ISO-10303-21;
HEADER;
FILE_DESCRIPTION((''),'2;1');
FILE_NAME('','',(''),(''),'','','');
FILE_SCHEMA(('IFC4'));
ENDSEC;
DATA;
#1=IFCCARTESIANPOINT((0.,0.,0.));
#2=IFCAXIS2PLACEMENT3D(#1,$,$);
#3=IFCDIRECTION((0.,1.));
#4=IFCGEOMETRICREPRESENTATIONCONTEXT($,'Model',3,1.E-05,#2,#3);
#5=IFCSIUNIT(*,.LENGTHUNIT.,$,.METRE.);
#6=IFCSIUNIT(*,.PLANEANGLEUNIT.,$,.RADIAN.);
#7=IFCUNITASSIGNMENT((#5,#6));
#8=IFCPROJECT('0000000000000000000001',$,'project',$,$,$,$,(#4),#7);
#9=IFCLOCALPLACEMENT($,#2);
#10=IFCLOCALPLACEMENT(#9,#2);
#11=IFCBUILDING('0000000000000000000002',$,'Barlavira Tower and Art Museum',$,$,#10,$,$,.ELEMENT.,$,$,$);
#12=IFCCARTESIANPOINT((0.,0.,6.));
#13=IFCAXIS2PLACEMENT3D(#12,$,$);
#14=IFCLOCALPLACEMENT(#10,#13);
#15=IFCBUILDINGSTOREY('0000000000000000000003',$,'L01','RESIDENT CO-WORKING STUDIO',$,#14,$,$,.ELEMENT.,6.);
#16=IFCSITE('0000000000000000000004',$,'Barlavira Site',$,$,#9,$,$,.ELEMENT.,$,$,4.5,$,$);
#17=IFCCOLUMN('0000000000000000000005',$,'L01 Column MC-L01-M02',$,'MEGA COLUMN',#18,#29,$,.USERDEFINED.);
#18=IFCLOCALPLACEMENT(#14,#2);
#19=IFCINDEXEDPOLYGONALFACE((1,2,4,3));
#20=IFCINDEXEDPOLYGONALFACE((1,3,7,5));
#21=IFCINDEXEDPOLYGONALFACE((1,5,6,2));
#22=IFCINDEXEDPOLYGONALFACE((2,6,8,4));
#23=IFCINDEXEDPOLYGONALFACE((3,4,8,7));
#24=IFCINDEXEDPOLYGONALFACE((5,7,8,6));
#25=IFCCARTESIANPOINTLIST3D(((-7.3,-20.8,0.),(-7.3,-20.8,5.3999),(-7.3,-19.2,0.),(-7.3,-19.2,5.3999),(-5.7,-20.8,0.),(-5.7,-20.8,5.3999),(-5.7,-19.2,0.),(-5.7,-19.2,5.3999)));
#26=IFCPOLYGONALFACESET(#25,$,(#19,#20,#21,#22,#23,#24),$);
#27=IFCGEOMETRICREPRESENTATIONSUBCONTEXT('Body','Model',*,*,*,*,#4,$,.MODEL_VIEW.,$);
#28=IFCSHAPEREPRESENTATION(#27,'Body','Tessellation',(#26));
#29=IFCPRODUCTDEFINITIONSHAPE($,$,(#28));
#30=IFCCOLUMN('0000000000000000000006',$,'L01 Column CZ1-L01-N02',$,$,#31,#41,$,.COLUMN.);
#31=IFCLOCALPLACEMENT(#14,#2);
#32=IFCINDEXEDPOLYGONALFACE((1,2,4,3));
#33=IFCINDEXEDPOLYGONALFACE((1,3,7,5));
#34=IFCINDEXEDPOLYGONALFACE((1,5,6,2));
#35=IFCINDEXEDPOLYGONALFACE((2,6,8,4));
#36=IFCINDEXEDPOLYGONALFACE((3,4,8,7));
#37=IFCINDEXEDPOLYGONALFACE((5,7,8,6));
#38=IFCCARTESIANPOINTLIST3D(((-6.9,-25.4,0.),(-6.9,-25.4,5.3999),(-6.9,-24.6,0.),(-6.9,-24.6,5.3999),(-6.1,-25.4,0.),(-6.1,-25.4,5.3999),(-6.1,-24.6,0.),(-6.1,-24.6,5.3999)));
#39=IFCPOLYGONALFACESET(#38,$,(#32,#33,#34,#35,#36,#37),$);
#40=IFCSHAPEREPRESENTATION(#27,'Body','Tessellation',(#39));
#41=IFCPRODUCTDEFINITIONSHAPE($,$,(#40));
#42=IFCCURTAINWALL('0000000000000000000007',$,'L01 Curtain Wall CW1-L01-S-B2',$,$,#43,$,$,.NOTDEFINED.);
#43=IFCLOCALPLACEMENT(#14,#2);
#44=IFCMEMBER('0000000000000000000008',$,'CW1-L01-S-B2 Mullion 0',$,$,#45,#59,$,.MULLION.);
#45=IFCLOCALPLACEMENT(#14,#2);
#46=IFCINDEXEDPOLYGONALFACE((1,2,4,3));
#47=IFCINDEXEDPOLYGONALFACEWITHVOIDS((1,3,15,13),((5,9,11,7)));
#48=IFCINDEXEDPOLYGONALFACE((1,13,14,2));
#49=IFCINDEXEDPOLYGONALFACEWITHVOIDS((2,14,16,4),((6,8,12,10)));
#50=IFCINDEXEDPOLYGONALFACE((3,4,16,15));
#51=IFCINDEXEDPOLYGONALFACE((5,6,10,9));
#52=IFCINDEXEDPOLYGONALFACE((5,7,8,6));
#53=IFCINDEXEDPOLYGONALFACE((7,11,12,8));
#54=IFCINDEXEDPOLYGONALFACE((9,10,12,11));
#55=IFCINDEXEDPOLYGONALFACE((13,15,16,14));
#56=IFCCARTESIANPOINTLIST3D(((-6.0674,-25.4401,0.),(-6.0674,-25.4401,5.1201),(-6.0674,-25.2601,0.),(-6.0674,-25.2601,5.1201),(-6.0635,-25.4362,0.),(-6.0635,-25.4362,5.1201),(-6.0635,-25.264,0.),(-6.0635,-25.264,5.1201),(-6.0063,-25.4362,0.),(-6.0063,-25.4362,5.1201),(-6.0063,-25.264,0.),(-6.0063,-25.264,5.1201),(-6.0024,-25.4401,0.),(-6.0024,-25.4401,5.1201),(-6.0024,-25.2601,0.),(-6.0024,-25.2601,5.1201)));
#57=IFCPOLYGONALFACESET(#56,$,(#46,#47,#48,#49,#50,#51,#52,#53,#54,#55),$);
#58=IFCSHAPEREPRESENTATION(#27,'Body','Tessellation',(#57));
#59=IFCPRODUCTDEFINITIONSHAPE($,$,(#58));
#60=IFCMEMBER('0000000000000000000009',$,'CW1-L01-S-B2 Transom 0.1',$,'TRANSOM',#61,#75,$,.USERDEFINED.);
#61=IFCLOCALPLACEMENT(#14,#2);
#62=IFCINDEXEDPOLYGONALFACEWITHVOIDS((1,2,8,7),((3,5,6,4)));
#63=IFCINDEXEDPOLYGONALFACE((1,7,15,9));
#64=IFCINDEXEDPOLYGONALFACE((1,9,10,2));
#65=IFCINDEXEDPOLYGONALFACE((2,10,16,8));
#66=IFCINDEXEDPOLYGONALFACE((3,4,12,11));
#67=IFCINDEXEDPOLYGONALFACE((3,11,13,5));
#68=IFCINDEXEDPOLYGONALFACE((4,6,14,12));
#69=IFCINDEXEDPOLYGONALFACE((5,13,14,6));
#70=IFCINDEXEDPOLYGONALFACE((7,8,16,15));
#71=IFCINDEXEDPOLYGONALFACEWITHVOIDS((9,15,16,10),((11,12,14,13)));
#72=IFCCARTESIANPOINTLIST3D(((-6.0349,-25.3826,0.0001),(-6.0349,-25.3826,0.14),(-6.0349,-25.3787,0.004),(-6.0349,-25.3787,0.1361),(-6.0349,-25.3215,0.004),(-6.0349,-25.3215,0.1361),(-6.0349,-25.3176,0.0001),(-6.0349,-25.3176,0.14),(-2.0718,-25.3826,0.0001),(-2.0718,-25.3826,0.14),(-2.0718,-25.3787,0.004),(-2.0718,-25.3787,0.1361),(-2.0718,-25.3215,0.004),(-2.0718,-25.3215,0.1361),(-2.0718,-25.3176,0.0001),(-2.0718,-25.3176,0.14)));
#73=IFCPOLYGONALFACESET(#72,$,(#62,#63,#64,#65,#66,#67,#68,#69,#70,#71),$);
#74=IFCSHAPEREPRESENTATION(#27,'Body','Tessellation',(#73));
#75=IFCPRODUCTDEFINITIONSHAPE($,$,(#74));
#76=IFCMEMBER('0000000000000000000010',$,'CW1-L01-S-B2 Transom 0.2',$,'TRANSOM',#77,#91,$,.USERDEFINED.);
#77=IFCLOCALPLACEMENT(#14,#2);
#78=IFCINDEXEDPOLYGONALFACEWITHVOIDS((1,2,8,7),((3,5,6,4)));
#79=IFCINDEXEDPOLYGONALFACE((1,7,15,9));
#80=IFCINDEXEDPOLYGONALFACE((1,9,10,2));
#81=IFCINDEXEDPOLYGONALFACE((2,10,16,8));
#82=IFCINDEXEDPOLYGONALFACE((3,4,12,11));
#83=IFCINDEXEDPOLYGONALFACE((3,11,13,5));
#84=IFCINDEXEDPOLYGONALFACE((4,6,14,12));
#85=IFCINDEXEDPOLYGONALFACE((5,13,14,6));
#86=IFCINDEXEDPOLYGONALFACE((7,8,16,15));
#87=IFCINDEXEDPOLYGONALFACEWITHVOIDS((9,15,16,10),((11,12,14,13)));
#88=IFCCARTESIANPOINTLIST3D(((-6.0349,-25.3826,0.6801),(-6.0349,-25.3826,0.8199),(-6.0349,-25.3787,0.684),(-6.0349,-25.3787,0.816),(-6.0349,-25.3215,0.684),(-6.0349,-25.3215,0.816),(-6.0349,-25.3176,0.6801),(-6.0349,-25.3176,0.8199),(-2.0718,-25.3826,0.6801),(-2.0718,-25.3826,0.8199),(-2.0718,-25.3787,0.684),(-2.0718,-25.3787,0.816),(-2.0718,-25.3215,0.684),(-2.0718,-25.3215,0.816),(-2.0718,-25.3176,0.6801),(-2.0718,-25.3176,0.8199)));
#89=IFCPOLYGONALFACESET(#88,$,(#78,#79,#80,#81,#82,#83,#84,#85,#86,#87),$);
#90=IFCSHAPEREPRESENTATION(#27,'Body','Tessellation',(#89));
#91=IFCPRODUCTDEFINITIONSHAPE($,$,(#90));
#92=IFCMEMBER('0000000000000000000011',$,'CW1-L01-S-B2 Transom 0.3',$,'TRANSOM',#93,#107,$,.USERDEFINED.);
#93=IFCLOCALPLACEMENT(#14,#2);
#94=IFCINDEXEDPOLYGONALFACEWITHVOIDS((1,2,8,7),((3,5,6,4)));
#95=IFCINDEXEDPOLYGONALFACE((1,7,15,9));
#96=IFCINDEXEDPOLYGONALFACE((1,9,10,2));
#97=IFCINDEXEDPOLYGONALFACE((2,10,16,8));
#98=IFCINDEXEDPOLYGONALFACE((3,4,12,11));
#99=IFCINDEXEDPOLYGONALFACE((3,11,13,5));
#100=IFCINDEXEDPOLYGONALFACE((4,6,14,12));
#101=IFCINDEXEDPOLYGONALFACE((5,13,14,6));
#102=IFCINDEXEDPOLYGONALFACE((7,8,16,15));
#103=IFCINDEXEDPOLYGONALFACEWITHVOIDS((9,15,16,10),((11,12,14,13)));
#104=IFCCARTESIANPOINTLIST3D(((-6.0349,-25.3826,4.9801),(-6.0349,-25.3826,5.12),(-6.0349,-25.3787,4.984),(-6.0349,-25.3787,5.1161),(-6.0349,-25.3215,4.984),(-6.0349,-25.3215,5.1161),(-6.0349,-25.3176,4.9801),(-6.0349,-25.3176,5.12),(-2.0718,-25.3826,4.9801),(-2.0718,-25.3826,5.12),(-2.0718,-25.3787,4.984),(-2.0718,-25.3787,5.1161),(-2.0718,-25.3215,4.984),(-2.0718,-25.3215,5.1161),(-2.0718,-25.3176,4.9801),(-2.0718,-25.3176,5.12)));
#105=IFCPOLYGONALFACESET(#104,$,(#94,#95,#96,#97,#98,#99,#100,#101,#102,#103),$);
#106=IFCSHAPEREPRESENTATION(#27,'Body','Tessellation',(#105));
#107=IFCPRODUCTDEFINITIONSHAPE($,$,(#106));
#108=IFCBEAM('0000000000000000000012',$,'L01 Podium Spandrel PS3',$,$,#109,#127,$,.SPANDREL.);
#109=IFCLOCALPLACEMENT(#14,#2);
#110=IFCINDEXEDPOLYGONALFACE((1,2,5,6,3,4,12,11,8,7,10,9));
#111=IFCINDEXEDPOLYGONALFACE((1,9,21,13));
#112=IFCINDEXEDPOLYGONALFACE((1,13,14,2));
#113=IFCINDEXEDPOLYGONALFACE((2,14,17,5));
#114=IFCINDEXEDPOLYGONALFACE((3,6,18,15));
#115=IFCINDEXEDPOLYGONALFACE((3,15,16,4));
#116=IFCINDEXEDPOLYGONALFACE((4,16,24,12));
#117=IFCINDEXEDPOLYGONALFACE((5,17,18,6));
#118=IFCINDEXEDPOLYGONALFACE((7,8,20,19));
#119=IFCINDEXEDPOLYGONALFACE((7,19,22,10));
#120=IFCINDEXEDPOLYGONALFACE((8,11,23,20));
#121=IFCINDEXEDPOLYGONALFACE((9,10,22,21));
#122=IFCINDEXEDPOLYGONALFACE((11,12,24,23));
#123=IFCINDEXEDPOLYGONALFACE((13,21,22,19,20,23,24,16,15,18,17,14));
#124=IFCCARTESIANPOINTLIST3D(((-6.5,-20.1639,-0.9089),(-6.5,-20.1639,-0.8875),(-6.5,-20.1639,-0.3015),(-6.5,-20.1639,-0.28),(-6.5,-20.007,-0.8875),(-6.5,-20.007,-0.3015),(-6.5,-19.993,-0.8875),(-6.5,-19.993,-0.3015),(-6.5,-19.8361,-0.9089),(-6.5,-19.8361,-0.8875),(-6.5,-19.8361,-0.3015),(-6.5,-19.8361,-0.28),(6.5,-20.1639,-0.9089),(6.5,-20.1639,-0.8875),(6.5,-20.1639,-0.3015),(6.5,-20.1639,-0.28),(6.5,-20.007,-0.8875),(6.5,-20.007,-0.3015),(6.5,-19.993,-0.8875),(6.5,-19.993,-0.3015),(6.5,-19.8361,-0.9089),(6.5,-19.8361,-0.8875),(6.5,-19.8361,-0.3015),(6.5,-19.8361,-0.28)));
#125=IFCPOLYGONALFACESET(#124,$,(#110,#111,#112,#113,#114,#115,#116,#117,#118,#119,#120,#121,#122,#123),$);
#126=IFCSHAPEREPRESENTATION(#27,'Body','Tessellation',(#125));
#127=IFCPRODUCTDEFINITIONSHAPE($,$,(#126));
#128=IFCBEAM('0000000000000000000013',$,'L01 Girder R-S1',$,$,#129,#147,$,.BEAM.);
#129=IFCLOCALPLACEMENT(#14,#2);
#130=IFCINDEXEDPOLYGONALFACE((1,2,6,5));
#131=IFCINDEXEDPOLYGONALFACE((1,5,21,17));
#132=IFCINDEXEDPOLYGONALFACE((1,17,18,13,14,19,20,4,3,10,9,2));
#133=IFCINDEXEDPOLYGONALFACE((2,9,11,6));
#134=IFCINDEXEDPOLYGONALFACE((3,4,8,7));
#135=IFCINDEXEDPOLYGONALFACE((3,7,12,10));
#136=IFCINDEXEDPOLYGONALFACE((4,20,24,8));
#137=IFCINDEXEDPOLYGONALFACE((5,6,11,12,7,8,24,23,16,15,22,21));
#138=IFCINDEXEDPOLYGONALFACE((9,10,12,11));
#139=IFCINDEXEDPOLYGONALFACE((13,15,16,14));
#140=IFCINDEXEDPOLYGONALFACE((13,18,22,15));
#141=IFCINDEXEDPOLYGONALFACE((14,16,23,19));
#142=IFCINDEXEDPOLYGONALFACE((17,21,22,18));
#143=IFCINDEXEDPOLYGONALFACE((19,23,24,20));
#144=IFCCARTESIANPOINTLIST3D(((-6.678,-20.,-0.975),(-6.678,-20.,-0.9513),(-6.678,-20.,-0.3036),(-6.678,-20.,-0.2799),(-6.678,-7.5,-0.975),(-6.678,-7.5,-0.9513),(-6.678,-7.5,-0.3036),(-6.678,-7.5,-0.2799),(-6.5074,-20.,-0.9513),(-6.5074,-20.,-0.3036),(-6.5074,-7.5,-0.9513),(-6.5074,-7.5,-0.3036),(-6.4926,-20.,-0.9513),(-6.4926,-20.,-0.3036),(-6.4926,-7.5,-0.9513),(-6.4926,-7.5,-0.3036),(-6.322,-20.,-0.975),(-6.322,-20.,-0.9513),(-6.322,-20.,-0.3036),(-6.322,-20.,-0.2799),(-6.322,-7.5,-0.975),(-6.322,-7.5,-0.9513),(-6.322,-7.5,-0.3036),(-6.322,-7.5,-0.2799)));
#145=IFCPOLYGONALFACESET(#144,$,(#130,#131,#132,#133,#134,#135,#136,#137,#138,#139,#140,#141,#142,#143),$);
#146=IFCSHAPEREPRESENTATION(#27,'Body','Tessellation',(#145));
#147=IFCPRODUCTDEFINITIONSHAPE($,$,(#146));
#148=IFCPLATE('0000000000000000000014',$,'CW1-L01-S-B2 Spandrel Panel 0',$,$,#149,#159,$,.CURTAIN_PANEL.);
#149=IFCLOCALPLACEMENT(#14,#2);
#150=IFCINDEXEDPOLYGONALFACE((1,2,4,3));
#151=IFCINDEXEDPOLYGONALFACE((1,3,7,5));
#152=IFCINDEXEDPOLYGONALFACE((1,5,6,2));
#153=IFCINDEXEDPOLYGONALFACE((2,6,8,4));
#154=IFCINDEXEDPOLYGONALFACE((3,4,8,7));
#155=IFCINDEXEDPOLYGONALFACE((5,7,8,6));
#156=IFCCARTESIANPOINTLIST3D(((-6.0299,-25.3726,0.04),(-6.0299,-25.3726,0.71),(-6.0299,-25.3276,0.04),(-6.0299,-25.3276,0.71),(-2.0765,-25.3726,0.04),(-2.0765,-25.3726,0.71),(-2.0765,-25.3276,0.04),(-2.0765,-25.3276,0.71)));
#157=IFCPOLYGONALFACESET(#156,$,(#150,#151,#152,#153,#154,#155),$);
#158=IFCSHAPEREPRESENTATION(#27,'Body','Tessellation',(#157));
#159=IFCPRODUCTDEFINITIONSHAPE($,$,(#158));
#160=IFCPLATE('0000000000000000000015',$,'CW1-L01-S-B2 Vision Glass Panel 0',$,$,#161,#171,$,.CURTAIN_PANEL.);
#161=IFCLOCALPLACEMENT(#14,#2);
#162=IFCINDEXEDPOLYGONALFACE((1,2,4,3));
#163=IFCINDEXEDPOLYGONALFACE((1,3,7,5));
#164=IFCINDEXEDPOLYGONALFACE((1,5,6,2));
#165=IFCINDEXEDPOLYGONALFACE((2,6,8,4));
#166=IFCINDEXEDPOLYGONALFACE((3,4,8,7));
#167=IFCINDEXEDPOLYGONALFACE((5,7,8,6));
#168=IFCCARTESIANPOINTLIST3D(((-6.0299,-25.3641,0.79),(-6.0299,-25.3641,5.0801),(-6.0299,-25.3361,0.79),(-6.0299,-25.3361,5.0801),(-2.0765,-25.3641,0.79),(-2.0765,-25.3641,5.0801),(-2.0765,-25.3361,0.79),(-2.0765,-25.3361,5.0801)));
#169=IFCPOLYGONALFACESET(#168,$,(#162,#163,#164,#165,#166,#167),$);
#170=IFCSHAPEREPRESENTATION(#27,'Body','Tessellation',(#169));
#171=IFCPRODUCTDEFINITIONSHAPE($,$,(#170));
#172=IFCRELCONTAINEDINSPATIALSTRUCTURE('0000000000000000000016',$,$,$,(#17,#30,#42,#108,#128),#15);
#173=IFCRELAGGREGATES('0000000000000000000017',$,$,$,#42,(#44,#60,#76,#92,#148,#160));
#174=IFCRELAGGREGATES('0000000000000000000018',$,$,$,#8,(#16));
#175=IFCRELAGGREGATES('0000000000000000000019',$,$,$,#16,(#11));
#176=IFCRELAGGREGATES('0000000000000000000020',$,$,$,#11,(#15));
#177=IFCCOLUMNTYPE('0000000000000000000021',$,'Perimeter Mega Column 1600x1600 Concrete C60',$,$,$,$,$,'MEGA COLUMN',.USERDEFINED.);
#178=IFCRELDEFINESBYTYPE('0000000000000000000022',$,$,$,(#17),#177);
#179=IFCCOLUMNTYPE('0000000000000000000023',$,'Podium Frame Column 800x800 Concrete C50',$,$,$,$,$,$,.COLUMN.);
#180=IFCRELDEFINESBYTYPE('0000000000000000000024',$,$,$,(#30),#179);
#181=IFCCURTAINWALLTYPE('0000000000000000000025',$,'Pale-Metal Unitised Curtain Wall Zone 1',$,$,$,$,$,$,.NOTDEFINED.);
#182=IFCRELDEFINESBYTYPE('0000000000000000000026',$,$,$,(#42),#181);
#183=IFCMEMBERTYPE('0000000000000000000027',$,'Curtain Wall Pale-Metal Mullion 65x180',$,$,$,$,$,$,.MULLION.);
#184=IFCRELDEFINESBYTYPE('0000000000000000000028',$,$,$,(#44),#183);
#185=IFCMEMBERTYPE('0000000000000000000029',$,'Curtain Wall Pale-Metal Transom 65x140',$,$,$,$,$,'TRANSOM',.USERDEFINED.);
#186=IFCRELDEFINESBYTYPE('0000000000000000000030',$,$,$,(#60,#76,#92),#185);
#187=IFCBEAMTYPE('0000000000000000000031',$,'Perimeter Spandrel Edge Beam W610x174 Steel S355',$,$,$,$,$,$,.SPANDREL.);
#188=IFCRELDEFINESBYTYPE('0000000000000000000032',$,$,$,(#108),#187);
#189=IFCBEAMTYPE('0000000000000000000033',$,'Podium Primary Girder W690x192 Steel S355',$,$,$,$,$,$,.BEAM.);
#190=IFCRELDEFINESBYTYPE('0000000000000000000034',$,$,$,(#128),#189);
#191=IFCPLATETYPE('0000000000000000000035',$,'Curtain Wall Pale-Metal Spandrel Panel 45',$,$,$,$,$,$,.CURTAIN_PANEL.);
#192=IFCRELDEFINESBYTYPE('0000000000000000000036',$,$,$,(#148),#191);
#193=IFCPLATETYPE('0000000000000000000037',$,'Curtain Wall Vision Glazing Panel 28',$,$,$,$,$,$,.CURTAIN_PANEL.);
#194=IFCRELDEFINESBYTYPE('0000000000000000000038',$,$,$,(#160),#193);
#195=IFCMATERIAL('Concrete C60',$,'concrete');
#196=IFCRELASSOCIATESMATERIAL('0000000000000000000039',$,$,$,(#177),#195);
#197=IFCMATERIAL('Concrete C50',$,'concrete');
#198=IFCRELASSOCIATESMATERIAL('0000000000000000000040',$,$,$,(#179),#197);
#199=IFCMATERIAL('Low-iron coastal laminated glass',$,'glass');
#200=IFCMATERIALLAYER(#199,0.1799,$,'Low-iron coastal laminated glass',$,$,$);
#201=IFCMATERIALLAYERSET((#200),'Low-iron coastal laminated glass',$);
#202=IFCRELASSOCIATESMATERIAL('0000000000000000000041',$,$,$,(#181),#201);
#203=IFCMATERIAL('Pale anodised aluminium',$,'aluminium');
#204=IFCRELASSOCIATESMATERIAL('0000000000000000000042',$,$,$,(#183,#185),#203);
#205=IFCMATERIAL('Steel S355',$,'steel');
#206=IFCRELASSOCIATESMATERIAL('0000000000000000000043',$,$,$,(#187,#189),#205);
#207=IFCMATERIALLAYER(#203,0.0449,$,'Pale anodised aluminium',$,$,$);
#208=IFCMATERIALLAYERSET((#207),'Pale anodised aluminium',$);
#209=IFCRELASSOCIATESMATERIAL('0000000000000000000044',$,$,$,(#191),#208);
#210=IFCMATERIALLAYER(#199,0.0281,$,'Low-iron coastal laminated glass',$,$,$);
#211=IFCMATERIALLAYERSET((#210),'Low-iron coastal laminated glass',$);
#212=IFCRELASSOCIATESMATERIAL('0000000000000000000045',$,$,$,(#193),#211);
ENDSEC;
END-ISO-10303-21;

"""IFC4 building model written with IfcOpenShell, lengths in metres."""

from ifc_helpers import new_model, si_unit, direction, frame, origin, origin_2d, place, context, subcontext, project, spatial, rectangle, hollow_rectangle, i_section, extrude, material, layer, layer_set, material_profile, profile_set, type_object, element, aggregate, save


model = new_model("IFC4")

# Units and contexts
model_context = context("Model", 3, precision=1e-05, world=origin(), true_north=direction((0.0, 1.0)))
body_context = subcontext(model_context, "Body", "Model", "MODEL_VIEW")
ifc_project = project(units=[si_unit("LENGTHUNIT", "METRE"), si_unit("PLANEANGLEUNIT", "RADIAN")], contexts=[model_context])

# Site, building, storey
site_placement = place(None, origin())
site = spatial("IfcSite", under=ifc_project, at=site_placement, Name="Barlavira Site", CompositionType="ELEMENT", RefElevation=4.5)
building_placement = place(site_placement, origin())
building = spatial("IfcBuilding", under=site, at=building_placement, Name="Barlavira Tower and Art Museum", CompositionType="ELEMENT")
storey_placement = place(building_placement, frame((0.0, 0.0, 6.0)))
storey = spatial("IfcBuildingStorey", under=building, at=storey_placement, Name="L01", Description="RESIDENT CO-WORKING STUDIO", CompositionType="ELEMENT", Elevation=6.0)

# Columns
ifc_material_1 = material(Name="Concrete C60", Category="concrete")
ifc_material_profile_1 = material_profile(ifc_material_1, rectangle(XDim=1.6001, YDim=1.6001, at=origin_2d()), Name="RC-MCOL 1600x1600")
ifc_profile_set_1 = profile_set([ifc_material_profile_1], Name="Concrete C60")
column_type_1 = type_object("IfcColumnType", Name="Perimeter Mega Column 1600x1600 Concrete C60", ElementType="MEGA COLUMN", PredefinedType="USERDEFINED", material=ifc_profile_set_1)
column_1_placement = place(storey_placement, frame((-6.5, -20.0, 0.0), z_axis=(0.0, 0.0, 1.0), x_axis=(1.0, 0.0, 0.0)))
element("IfcColumn", 1, at=column_1_placement, inside=storey, type_object=column_type_1, Name="L01 Column MC-L01-M02", ObjectType="MEGA COLUMN", PredefinedType="USERDEFINED", context=body_context, shape_type="SweptSolid", body=[
    extrude(rectangle(XDim=1.6001, YDim=1.6001, at=origin_2d()), origin(), (0.0, 0.0, 1.0), 5.3999),
])
ifc_material_2 = material(Name="Concrete C50", Category="concrete")
ifc_material_profile_2 = material_profile(ifc_material_2, rectangle(XDim=0.8, YDim=0.8, at=origin_2d()), Name="RC-COL 800x800")
ifc_profile_set_2 = profile_set([ifc_material_profile_2], Name="Concrete C50")
column_type_2 = type_object("IfcColumnType", Name="Podium Frame Column 800x800 Concrete C50", PredefinedType="COLUMN", material=ifc_profile_set_2)
column_2_placement = place(storey_placement, frame((-6.5, -25.0, 0.0), z_axis=(0.0, 0.0, 1.0), x_axis=(1.0, 0.0, 0.0)))
element("IfcColumn", 2, at=column_2_placement, inside=storey, type_object=column_type_2, Name="L01 Column CZ1-L01-N02", PredefinedType="COLUMN", context=body_context, shape_type="SweptSolid", body=[
    extrude(rectangle(XDim=0.8, YDim=0.8, at=origin_2d()), origin(), (0.0, 0.0, 1.0), 5.3999),
])

# Curtain wall, members
ifc_material_3 = material(Name="Low-iron coastal laminated glass", Category="glass")
ifc_layer_1 = layer(ifc_material_3, 0.1799, Name="Low-iron coastal laminated glass")
ifc_layer_set_1 = layer_set([ifc_layer_1], Name="Low-iron coastal laminated glass")
curtain_wall_type = type_object("IfcCurtainWallType", Name="Pale-Metal Unitised Curtain Wall Zone 1", PredefinedType="NOTDEFINED", material=ifc_layer_set_1)
curtain_wall_placement = place(storey_placement, origin())
curtain_wall = element("IfcCurtainWall", 3, at=curtain_wall_placement, inside=storey, type_object=curtain_wall_type, Name="L01 Curtain Wall CW1-L01-S-B2", PredefinedType="NOTDEFINED")
ifc_material_4 = material(Name="Pale anodised aluminium", Category="aluminium")
ifc_material_profile_3 = material_profile(ifc_material_4, hollow_rectangle(XDim=0.0649, YDim=0.1799, WallThickness=0.0039, at=origin_2d()), Name="ALU-MULL 65x180x4")
ifc_profile_set_3 = profile_set([ifc_material_profile_3], Name="Pale anodised aluminium")
member_type_1 = type_object("IfcMemberType", Name="Curtain Wall Pale-Metal Mullion 65x180", PredefinedType="MULLION", material=ifc_profile_set_3)
member_1_placement = place(storey_placement, frame((-6.0349, -25.3501, 0.0), z_axis=(0.0, 0.0, 1.0), x_axis=(1.0, 0.0, 0.0)))
member_1 = element("IfcMember", 4, at=member_1_placement, type_object=member_type_1, Name="CW1-L01-S-B2 Mullion 0", PredefinedType="MULLION", context=body_context, shape_type="SweptSolid", body=[
    extrude(hollow_rectangle(XDim=0.0649, YDim=0.1799, WallThickness=0.0039, at=origin_2d()), origin(), (0.0, 0.0, 1.0), 5.1201),
])
ifc_material_profile_4 = material_profile(ifc_material_4, hollow_rectangle(XDim=0.0649, YDim=0.1399, WallThickness=0.0039, at=origin_2d()), Name="ALU-TRAN 65x140x4")
ifc_profile_set_4 = profile_set([ifc_material_profile_4], Name="Pale anodised aluminium")
member_type_2 = type_object("IfcMemberType", Name="Curtain Wall Pale-Metal Transom 65x140", ElementType="TRANSOM", PredefinedType="USERDEFINED", material=ifc_profile_set_4)
member_2_placement = place(storey_placement, frame((-6.0349, -25.3501, 0.0701), z_axis=(1.0, 0.0, 0.0), x_axis=(0.0, 1.0, 0.0)))
member_2 = element("IfcMember", 5, at=member_2_placement, type_object=member_type_2, Name="CW1-L01-S-B2 Transom 0.1", ObjectType="TRANSOM", PredefinedType="USERDEFINED", context=body_context, shape_type="SweptSolid", body=[
    extrude(hollow_rectangle(XDim=0.0649, YDim=0.1399, WallThickness=0.0039, at=origin_2d()), origin(), (0.0, 0.0, 1.0), 3.9631),
])
member_3_placement = place(storey_placement, frame((-6.0349, -25.3501, 0.75), z_axis=(1.0, 0.0, 0.0), x_axis=(0.0, 1.0, 0.0)))
member_3 = element("IfcMember", 6, at=member_3_placement, type_object=member_type_2, Name="CW1-L01-S-B2 Transom 0.2", ObjectType="TRANSOM", PredefinedType="USERDEFINED", context=body_context, shape_type="SweptSolid", body=[
    extrude(hollow_rectangle(XDim=0.0649, YDim=0.1399, WallThickness=0.0039, at=origin_2d()), origin(), (0.0, 0.0, 1.0), 3.9631),
])
member_4_placement = place(storey_placement, frame((-6.0349, -25.3501, 5.05), z_axis=(1.0, 0.0, 0.0), x_axis=(0.0, 1.0, 0.0)))
member_4 = element("IfcMember", 7, at=member_4_placement, type_object=member_type_2, Name="CW1-L01-S-B2 Transom 0.3", ObjectType="TRANSOM", PredefinedType="USERDEFINED", context=body_context, shape_type="SweptSolid", body=[
    extrude(hollow_rectangle(XDim=0.0649, YDim=0.1399, WallThickness=0.0039, at=origin_2d()), origin(), (0.0, 0.0, 1.0), 3.9631),
])

# Beams
ifc_material_5 = material(Name="Steel S355", Category="steel")
ifc_material_profile_5 = material_profile(ifc_material_5, i_section(OverallWidth=0.3279, OverallDepth=0.6289, WebThickness=0.0139, FlangeThickness=0.0215, at=origin_2d()), Name="W610x174.0")
ifc_profile_set_5 = profile_set([ifc_material_profile_5], Name="Steel S355")
beam_type_1 = type_object("IfcBeamType", Name="Perimeter Spandrel Edge Beam W610x174 Steel S355", PredefinedType="SPANDREL", material=ifc_profile_set_5)
beam_1_placement = place(storey_placement, frame((-6.5, -20.0, -0.5945), z_axis=(1.0, 0.0, 0.0), x_axis=(0.0, 1.0, 0.0)))
element("IfcBeam", 8, at=beam_1_placement, inside=storey, type_object=beam_type_1, Name="L01 Podium Spandrel PS3", PredefinedType="SPANDREL", context=body_context, shape_type="SweptSolid", body=[
    extrude(i_section(OverallWidth=0.3279, OverallDepth=0.6289, WebThickness=0.0139, FlangeThickness=0.0215, at=origin_2d()), origin(), (0.0, 0.0, 1.0), 13.0),
])
ifc_material_profile_6 = material_profile(ifc_material_5, i_section(OverallWidth=0.356, OverallDepth=0.6951, WebThickness=0.0149, FlangeThickness=0.0237, at=origin_2d()), Name="W690x192.0")
ifc_profile_set_6 = profile_set([ifc_material_profile_6], Name="Steel S355")
beam_type_2 = type_object("IfcBeamType", Name="Podium Primary Girder W690x192 Steel S355", PredefinedType="BEAM", material=ifc_profile_set_6)
beam_2_placement = place(storey_placement, frame((-6.5, -20.0, -0.6274), z_axis=(0.0, 1.0, 0.0), x_axis=(-1.0, 0.0, 0.0)))
element("IfcBeam", 9, at=beam_2_placement, inside=storey, type_object=beam_type_2, Name="L01 Girder R-S1", PredefinedType="BEAM", context=body_context, shape_type="SweptSolid", body=[
    extrude(i_section(OverallWidth=0.356, OverallDepth=0.6951, WebThickness=0.0149, FlangeThickness=0.0237, at=origin_2d()), origin(), (0.0, 0.0, 1.0), 12.5),
])

# Plates
ifc_layer_2 = layer(ifc_material_4, 0.0449, Name="Pale anodised aluminium")
ifc_layer_set_2 = layer_set([ifc_layer_2], Name="Pale anodised aluminium")
plate_type_1 = type_object("IfcPlateType", Name="Curtain Wall Pale-Metal Spandrel Panel 45", PredefinedType="CURTAIN_PANEL", material=ifc_layer_set_2)
plate_1_placement = place(storey_placement, frame((-4.0532, -25.3501, 0.04), z_axis=(0.0, 0.0, 1.0), x_axis=(1.0, 0.0, 0.0)))
plate_1 = element("IfcPlate", 10, at=plate_1_placement, type_object=plate_type_1, Name="CW1-L01-S-B2 Spandrel Panel 0", PredefinedType="CURTAIN_PANEL", context=body_context, shape_type="SweptSolid", body=[
    extrude(rectangle(XDim=3.9534, YDim=0.0449, at=origin_2d()), origin(), (0.0, 0.0, 1.0), 0.6699),
])
ifc_layer_3 = layer(ifc_material_3, 0.0281, Name="Low-iron coastal laminated glass")
ifc_layer_set_3 = layer_set([ifc_layer_3], Name="Low-iron coastal laminated glass")
plate_type_2 = type_object("IfcPlateType", Name="Curtain Wall Vision Glazing Panel 28", PredefinedType="CURTAIN_PANEL", material=ifc_layer_set_3)
plate_2_placement = place(storey_placement, frame((-4.0532, -25.3501, 0.79), z_axis=(0.0, 0.0, 1.0), x_axis=(1.0, 0.0, 0.0)))
plate_2 = element("IfcPlate", 11, at=plate_2_placement, type_object=plate_type_2, Name="CW1-L01-S-B2 Vision Glass Panel 0", PredefinedType="CURTAIN_PANEL", context=body_context, shape_type="SweptSolid", body=[
    extrude(rectangle(XDim=3.9534, YDim=0.0281, at=origin_2d()), origin(), (0.0, 0.0, 1.0), 4.29),
])
aggregate(curtain_wall, [member_1, member_2, member_3, member_4, plate_1, plate_2])

save(model, "model.ifc")
